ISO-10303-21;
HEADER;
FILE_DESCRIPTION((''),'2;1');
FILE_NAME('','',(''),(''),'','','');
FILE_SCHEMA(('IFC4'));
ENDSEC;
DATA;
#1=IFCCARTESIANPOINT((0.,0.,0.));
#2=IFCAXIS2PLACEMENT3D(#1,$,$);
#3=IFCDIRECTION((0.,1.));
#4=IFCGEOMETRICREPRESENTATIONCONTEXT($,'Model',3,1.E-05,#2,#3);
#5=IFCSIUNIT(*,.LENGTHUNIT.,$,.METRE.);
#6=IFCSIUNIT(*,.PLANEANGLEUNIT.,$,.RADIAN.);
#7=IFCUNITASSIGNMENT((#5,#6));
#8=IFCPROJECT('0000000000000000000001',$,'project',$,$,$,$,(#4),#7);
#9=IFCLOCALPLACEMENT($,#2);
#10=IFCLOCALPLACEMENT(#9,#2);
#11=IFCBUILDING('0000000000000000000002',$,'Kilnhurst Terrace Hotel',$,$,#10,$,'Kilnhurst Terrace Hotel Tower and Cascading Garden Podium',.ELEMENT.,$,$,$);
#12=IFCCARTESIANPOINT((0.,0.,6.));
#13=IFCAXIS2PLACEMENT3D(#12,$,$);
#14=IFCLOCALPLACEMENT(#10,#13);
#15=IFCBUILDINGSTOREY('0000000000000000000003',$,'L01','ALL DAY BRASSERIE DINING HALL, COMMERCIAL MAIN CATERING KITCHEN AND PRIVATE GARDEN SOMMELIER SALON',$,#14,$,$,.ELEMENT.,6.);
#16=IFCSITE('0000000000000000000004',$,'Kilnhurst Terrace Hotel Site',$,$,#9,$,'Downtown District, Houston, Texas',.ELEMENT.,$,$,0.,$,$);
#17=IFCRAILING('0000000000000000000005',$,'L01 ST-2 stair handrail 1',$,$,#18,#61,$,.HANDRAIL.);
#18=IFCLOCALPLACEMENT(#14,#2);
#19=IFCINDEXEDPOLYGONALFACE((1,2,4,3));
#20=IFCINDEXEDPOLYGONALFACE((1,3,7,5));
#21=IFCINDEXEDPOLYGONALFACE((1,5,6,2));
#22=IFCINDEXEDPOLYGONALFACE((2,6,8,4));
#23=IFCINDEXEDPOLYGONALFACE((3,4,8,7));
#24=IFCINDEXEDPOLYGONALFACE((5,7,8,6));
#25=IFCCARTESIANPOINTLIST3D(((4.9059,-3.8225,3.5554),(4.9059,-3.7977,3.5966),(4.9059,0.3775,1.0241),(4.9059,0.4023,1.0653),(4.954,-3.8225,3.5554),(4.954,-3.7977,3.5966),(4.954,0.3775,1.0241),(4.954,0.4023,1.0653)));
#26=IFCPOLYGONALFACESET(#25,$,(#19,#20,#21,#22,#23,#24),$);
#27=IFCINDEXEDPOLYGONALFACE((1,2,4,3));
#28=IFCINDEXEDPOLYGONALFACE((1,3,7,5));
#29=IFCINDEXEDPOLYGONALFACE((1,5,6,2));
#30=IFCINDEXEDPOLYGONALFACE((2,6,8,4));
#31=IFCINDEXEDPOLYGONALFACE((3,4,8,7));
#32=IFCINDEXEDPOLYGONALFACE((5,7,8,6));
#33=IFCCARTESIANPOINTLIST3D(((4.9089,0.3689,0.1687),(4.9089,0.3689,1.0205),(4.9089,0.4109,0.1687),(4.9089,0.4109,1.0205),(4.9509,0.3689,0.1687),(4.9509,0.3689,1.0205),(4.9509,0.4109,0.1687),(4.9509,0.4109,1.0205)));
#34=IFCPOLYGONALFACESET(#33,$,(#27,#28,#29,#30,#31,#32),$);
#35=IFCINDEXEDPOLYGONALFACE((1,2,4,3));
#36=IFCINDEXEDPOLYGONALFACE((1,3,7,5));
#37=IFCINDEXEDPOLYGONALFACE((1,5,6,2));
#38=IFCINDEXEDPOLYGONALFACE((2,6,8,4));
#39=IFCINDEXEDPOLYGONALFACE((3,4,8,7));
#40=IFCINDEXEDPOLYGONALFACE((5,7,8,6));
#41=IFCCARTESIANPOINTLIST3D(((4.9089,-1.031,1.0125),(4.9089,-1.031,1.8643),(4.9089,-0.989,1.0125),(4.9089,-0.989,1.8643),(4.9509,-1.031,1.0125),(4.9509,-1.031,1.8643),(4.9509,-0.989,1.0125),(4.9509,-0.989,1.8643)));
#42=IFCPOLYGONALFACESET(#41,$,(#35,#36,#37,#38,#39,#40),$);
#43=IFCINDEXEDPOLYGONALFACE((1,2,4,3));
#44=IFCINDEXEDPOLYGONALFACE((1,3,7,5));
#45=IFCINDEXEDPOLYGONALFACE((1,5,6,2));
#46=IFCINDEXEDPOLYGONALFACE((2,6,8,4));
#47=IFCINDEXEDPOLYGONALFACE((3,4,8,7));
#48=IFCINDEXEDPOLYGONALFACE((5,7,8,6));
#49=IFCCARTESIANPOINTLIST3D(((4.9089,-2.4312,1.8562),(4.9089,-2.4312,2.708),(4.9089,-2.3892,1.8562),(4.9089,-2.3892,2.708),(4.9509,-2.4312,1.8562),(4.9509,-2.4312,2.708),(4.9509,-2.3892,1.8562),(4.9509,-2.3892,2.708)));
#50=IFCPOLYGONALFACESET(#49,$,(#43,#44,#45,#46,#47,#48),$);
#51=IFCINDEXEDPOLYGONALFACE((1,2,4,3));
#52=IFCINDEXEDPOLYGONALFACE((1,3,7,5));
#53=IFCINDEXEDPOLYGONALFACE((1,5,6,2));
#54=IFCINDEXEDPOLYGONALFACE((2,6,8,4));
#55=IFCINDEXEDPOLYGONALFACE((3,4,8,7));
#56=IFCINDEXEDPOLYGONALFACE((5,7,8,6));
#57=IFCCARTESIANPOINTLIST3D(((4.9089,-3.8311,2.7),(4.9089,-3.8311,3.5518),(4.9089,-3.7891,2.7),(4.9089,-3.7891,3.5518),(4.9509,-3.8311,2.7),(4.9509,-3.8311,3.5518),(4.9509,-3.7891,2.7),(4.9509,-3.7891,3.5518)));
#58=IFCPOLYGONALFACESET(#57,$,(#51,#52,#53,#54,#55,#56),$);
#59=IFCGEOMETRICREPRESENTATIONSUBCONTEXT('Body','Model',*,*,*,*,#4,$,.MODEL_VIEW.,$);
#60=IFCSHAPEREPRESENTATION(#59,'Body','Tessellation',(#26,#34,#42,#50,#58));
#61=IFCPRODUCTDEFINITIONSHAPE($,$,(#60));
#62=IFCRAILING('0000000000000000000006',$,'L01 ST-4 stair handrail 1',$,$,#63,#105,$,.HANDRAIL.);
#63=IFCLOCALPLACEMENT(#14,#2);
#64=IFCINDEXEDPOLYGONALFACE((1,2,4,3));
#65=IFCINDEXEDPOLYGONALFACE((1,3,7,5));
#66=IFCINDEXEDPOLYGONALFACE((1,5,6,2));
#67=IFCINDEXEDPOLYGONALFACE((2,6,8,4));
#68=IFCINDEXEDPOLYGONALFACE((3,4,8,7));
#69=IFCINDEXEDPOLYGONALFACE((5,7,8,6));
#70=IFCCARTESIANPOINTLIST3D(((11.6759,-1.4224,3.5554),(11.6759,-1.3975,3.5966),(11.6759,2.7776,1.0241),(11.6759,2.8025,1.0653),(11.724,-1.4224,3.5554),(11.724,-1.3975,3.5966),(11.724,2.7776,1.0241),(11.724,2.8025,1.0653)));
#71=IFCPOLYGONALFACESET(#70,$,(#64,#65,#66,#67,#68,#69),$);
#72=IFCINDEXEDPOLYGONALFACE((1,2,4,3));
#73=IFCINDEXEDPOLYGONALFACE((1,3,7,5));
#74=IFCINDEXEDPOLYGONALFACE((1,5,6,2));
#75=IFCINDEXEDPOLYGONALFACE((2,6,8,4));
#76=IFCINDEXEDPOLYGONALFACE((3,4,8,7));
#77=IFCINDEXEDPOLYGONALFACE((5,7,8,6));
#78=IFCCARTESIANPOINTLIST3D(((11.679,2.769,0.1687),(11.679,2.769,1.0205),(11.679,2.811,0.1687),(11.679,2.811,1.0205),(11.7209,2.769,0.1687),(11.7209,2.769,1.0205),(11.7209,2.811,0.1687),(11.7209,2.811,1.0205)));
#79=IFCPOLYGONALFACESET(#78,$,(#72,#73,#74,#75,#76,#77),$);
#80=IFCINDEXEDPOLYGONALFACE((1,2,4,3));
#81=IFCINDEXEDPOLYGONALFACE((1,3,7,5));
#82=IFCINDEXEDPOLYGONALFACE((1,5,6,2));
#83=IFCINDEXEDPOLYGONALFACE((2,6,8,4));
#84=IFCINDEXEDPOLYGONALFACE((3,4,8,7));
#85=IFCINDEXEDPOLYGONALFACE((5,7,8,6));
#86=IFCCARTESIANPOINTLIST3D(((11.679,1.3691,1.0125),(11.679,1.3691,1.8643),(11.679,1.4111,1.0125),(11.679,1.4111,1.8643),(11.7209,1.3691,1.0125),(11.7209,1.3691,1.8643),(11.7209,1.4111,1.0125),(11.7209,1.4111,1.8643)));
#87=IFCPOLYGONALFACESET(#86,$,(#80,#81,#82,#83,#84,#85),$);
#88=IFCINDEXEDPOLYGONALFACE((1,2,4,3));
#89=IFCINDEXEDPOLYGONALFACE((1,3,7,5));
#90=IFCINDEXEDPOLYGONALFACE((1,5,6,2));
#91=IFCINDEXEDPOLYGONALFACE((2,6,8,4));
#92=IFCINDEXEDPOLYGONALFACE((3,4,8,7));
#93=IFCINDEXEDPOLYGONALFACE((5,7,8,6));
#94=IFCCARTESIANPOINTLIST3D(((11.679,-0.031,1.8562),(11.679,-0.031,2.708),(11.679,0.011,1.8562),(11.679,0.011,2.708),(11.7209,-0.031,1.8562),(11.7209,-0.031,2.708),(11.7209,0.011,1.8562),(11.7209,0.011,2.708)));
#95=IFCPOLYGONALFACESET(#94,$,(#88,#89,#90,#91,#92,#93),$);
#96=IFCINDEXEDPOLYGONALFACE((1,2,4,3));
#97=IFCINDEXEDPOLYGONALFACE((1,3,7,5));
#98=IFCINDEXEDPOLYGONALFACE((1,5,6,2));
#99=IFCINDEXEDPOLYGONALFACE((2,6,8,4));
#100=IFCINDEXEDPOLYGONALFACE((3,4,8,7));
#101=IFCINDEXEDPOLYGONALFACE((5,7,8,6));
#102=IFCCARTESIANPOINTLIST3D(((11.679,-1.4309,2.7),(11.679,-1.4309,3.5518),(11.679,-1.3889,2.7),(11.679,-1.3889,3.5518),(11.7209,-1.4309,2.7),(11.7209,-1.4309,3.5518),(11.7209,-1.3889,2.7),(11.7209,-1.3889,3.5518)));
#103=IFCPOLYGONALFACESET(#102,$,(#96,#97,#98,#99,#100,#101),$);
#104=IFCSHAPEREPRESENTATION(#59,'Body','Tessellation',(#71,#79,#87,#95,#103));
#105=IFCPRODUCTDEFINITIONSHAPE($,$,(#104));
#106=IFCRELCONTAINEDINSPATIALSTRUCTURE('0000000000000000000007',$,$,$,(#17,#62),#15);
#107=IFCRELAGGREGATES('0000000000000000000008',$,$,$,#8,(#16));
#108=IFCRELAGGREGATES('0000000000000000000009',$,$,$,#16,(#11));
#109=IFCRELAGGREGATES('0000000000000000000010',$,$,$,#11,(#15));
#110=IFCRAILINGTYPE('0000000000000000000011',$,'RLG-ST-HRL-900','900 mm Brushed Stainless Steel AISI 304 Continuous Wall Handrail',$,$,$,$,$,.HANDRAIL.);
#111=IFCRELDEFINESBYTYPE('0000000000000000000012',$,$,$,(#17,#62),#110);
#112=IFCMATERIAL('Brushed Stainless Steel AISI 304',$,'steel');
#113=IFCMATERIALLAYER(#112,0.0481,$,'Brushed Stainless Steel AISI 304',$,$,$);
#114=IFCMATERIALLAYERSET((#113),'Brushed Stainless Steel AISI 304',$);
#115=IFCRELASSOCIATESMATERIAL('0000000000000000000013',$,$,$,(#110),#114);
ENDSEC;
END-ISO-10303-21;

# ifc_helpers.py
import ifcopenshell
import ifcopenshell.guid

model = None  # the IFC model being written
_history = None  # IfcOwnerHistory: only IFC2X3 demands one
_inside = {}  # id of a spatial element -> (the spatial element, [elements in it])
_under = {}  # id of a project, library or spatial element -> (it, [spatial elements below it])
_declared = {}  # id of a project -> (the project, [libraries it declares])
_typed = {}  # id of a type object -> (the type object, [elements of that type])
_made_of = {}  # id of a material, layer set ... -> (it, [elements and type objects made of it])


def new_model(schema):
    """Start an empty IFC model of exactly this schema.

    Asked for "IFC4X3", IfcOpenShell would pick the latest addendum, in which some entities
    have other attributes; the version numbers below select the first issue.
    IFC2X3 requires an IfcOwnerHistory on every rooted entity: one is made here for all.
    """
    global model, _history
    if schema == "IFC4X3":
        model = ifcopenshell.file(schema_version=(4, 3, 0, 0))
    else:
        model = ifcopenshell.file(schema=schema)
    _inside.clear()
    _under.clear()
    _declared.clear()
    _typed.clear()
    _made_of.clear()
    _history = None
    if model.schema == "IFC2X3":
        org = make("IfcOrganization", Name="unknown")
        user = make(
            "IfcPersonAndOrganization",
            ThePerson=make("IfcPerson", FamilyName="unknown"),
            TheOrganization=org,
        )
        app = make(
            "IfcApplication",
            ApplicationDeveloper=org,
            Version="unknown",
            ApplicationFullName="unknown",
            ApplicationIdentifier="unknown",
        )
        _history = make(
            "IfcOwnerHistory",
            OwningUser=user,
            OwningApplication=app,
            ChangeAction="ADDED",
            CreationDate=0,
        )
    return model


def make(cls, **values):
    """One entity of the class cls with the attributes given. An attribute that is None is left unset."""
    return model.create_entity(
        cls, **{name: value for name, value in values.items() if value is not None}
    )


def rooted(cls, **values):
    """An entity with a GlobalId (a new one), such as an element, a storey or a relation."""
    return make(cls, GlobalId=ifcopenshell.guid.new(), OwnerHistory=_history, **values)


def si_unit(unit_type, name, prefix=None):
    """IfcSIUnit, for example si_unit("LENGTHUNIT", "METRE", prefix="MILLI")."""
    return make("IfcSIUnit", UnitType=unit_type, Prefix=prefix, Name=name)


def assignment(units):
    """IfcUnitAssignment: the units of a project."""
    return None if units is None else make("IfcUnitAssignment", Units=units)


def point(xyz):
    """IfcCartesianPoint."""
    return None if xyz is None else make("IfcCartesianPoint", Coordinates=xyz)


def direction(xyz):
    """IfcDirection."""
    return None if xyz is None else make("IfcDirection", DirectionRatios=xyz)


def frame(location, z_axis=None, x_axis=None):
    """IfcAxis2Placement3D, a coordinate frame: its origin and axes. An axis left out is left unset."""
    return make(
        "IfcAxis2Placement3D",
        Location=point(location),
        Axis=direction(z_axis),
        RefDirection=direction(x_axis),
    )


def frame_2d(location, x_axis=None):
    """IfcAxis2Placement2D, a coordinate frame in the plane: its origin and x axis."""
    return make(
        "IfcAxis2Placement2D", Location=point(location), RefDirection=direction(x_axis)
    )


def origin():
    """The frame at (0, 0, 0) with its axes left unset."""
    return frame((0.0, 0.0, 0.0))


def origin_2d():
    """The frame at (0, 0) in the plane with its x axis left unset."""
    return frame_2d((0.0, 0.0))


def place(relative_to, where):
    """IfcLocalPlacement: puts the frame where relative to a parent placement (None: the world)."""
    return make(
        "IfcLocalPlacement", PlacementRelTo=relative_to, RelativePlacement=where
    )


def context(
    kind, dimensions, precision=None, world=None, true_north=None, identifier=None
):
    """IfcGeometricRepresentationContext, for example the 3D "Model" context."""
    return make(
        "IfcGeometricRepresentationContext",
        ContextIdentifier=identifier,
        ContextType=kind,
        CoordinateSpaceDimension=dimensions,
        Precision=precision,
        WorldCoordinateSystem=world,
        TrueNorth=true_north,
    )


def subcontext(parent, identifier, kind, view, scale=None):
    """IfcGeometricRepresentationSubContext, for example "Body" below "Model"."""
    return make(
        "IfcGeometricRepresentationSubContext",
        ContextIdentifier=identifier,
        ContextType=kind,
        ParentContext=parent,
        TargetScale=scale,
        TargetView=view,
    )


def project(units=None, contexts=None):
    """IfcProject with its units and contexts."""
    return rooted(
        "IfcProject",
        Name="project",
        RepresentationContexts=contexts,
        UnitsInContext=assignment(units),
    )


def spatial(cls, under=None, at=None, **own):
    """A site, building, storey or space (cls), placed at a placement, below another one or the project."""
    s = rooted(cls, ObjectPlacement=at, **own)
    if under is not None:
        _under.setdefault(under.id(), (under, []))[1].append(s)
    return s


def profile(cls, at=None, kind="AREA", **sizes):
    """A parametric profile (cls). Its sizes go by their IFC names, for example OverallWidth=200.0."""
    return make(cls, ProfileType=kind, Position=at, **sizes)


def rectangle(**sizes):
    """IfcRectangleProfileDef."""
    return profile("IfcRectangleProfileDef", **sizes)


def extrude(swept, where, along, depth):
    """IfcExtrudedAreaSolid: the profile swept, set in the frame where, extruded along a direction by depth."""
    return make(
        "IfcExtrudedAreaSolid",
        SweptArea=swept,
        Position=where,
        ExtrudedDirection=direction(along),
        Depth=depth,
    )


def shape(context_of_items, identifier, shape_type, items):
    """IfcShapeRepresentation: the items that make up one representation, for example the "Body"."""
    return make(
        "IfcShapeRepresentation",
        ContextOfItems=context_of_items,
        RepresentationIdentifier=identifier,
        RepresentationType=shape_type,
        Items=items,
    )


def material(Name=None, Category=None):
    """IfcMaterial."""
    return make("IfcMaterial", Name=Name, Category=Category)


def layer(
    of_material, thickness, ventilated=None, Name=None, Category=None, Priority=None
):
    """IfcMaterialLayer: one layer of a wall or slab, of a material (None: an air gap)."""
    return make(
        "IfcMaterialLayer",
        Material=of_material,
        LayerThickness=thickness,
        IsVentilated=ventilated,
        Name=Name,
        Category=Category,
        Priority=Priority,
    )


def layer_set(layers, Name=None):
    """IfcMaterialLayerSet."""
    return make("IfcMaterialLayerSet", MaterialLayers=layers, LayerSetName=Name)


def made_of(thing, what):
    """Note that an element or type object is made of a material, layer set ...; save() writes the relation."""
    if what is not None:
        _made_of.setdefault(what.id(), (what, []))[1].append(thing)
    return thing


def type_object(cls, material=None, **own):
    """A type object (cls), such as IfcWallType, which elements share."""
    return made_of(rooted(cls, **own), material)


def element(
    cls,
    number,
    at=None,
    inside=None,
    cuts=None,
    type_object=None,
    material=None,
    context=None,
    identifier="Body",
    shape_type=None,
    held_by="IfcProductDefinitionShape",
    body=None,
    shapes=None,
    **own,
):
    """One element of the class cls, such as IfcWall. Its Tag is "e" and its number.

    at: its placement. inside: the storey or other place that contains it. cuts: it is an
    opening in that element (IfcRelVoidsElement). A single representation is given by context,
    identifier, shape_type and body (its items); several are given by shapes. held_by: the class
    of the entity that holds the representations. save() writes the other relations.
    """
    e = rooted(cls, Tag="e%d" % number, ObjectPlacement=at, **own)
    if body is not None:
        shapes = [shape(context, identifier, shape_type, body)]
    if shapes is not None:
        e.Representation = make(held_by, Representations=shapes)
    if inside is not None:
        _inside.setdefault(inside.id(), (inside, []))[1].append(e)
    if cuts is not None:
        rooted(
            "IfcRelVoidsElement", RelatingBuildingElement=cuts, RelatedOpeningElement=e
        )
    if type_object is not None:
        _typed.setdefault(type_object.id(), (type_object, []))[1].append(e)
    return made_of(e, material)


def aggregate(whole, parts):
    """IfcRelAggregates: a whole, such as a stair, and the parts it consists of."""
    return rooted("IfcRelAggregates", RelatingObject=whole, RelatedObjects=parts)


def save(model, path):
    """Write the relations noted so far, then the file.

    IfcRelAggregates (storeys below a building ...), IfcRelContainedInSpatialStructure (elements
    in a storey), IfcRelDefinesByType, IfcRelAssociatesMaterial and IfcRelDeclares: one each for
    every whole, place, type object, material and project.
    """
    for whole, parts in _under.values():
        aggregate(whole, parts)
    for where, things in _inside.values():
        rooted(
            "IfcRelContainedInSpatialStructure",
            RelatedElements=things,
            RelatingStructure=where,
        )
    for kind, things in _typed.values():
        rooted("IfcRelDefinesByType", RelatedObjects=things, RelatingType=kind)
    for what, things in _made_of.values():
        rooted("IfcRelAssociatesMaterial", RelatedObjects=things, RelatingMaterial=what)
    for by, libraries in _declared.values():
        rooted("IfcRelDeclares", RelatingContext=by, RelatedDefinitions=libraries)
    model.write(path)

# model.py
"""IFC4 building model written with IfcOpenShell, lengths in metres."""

from ifc_helpers import new_model, si_unit, direction, frame, origin, origin_2d, place, context, subcontext, project, spatial, rectangle, extrude, material, layer, layer_set, type_object, element, save


model = new_model("IFC4")

# Units and contexts
model_context = context("Model", 3, precision=1e-05, world=origin(), true_north=direction((0.0, 1.0)))
body_context = subcontext(model_context, "Body", "Model", "MODEL_VIEW")
ifc_project = project(units=[si_unit("LENGTHUNIT", "METRE"), si_unit("PLANEANGLEUNIT", "RADIAN")], contexts=[model_context])

# Site, building, storey
site_placement = place(None, origin())
site = spatial("IfcSite", under=ifc_project, at=site_placement, Name="Kilnhurst Terrace Hotel Site", LongName="Downtown District, Houston, Texas", CompositionType="ELEMENT", RefElevation=0.0)
building_placement = place(site_placement, origin())
building = spatial("IfcBuilding", under=site, at=building_placement, Name="Kilnhurst Terrace Hotel", LongName="Kilnhurst Terrace Hotel Tower and Cascading Garden Podium", CompositionType="ELEMENT")
storey_placement = place(building_placement, frame((0.0, 0.0, 6.0)))
storey = spatial("IfcBuildingStorey", under=building, at=storey_placement, Name="L01", Description="ALL DAY BRASSERIE DINING HALL, COMMERCIAL MAIN CATERING KITCHEN AND PRIVATE GARDEN SOMMELIER SALON", CompositionType="ELEMENT", Elevation=6.0)

# Railings
ifc_material_1 = material(Name="Brushed Stainless Steel AISI 304", Category="steel")
ifc_layer_1 = layer(ifc_material_1, 0.0481, Name="Brushed Stainless Steel AISI 304")
ifc_layer_set_1 = layer_set([ifc_layer_1], Name="Brushed Stainless Steel AISI 304")
railing_type_1 = type_object("IfcRailingType", Name="RLG-ST-HRL-900", Description="900 mm Brushed Stainless Steel AISI 304 Continuous Wall Handrail", PredefinedType="HANDRAIL", material=ifc_layer_set_1)
for number, where, name in (
    (1, (4.9299, 0.3899, 0.1687), "L01 ST-2 stair handrail 1"),
    (2, (11.7, 2.79, 0.1687), "L01 ST-4 stair handrail 1"),
):
    element("IfcRailing", number, at=place(storey_placement, frame(where)), inside=storey, type_object=railing_type_1, Name=name, PredefinedType="HANDRAIL", context=body_context, shape_type="SweptSolid", body=[
        extrude(rectangle(XDim=0.0481, YDim=0.0481, at=origin_2d()), frame((0.0, 0.0, 0.876), z_axis=(0.0, -0.856476, 0.516186), x_axis=(1.0, 0.0, 0.0)), (0.0, 0.0, 1.0), 4.9038),
        extrude(rectangle(XDim=0.042, YDim=0.042, at=origin_2d()), origin(), (0.0, 0.0, 1.0), 0.8518),
        extrude(rectangle(XDim=0.042, YDim=0.042, at=origin_2d()), frame((0.0, -1.3999, 0.8438)), (0.0, 0.0, 1.0), 0.8518),
        extrude(rectangle(XDim=0.042, YDim=0.042, at=origin_2d()), frame((0.0, -2.8, 1.6875)), (0.0, 0.0, 1.0), 0.8518),
        extrude(rectangle(XDim=0.042, YDim=0.042, at=origin_2d()), frame((0.0, -4.2, 2.5312)), (0.0, 0.0, 1.0), 0.8518),
    ])

save(model, "model.ifc")
